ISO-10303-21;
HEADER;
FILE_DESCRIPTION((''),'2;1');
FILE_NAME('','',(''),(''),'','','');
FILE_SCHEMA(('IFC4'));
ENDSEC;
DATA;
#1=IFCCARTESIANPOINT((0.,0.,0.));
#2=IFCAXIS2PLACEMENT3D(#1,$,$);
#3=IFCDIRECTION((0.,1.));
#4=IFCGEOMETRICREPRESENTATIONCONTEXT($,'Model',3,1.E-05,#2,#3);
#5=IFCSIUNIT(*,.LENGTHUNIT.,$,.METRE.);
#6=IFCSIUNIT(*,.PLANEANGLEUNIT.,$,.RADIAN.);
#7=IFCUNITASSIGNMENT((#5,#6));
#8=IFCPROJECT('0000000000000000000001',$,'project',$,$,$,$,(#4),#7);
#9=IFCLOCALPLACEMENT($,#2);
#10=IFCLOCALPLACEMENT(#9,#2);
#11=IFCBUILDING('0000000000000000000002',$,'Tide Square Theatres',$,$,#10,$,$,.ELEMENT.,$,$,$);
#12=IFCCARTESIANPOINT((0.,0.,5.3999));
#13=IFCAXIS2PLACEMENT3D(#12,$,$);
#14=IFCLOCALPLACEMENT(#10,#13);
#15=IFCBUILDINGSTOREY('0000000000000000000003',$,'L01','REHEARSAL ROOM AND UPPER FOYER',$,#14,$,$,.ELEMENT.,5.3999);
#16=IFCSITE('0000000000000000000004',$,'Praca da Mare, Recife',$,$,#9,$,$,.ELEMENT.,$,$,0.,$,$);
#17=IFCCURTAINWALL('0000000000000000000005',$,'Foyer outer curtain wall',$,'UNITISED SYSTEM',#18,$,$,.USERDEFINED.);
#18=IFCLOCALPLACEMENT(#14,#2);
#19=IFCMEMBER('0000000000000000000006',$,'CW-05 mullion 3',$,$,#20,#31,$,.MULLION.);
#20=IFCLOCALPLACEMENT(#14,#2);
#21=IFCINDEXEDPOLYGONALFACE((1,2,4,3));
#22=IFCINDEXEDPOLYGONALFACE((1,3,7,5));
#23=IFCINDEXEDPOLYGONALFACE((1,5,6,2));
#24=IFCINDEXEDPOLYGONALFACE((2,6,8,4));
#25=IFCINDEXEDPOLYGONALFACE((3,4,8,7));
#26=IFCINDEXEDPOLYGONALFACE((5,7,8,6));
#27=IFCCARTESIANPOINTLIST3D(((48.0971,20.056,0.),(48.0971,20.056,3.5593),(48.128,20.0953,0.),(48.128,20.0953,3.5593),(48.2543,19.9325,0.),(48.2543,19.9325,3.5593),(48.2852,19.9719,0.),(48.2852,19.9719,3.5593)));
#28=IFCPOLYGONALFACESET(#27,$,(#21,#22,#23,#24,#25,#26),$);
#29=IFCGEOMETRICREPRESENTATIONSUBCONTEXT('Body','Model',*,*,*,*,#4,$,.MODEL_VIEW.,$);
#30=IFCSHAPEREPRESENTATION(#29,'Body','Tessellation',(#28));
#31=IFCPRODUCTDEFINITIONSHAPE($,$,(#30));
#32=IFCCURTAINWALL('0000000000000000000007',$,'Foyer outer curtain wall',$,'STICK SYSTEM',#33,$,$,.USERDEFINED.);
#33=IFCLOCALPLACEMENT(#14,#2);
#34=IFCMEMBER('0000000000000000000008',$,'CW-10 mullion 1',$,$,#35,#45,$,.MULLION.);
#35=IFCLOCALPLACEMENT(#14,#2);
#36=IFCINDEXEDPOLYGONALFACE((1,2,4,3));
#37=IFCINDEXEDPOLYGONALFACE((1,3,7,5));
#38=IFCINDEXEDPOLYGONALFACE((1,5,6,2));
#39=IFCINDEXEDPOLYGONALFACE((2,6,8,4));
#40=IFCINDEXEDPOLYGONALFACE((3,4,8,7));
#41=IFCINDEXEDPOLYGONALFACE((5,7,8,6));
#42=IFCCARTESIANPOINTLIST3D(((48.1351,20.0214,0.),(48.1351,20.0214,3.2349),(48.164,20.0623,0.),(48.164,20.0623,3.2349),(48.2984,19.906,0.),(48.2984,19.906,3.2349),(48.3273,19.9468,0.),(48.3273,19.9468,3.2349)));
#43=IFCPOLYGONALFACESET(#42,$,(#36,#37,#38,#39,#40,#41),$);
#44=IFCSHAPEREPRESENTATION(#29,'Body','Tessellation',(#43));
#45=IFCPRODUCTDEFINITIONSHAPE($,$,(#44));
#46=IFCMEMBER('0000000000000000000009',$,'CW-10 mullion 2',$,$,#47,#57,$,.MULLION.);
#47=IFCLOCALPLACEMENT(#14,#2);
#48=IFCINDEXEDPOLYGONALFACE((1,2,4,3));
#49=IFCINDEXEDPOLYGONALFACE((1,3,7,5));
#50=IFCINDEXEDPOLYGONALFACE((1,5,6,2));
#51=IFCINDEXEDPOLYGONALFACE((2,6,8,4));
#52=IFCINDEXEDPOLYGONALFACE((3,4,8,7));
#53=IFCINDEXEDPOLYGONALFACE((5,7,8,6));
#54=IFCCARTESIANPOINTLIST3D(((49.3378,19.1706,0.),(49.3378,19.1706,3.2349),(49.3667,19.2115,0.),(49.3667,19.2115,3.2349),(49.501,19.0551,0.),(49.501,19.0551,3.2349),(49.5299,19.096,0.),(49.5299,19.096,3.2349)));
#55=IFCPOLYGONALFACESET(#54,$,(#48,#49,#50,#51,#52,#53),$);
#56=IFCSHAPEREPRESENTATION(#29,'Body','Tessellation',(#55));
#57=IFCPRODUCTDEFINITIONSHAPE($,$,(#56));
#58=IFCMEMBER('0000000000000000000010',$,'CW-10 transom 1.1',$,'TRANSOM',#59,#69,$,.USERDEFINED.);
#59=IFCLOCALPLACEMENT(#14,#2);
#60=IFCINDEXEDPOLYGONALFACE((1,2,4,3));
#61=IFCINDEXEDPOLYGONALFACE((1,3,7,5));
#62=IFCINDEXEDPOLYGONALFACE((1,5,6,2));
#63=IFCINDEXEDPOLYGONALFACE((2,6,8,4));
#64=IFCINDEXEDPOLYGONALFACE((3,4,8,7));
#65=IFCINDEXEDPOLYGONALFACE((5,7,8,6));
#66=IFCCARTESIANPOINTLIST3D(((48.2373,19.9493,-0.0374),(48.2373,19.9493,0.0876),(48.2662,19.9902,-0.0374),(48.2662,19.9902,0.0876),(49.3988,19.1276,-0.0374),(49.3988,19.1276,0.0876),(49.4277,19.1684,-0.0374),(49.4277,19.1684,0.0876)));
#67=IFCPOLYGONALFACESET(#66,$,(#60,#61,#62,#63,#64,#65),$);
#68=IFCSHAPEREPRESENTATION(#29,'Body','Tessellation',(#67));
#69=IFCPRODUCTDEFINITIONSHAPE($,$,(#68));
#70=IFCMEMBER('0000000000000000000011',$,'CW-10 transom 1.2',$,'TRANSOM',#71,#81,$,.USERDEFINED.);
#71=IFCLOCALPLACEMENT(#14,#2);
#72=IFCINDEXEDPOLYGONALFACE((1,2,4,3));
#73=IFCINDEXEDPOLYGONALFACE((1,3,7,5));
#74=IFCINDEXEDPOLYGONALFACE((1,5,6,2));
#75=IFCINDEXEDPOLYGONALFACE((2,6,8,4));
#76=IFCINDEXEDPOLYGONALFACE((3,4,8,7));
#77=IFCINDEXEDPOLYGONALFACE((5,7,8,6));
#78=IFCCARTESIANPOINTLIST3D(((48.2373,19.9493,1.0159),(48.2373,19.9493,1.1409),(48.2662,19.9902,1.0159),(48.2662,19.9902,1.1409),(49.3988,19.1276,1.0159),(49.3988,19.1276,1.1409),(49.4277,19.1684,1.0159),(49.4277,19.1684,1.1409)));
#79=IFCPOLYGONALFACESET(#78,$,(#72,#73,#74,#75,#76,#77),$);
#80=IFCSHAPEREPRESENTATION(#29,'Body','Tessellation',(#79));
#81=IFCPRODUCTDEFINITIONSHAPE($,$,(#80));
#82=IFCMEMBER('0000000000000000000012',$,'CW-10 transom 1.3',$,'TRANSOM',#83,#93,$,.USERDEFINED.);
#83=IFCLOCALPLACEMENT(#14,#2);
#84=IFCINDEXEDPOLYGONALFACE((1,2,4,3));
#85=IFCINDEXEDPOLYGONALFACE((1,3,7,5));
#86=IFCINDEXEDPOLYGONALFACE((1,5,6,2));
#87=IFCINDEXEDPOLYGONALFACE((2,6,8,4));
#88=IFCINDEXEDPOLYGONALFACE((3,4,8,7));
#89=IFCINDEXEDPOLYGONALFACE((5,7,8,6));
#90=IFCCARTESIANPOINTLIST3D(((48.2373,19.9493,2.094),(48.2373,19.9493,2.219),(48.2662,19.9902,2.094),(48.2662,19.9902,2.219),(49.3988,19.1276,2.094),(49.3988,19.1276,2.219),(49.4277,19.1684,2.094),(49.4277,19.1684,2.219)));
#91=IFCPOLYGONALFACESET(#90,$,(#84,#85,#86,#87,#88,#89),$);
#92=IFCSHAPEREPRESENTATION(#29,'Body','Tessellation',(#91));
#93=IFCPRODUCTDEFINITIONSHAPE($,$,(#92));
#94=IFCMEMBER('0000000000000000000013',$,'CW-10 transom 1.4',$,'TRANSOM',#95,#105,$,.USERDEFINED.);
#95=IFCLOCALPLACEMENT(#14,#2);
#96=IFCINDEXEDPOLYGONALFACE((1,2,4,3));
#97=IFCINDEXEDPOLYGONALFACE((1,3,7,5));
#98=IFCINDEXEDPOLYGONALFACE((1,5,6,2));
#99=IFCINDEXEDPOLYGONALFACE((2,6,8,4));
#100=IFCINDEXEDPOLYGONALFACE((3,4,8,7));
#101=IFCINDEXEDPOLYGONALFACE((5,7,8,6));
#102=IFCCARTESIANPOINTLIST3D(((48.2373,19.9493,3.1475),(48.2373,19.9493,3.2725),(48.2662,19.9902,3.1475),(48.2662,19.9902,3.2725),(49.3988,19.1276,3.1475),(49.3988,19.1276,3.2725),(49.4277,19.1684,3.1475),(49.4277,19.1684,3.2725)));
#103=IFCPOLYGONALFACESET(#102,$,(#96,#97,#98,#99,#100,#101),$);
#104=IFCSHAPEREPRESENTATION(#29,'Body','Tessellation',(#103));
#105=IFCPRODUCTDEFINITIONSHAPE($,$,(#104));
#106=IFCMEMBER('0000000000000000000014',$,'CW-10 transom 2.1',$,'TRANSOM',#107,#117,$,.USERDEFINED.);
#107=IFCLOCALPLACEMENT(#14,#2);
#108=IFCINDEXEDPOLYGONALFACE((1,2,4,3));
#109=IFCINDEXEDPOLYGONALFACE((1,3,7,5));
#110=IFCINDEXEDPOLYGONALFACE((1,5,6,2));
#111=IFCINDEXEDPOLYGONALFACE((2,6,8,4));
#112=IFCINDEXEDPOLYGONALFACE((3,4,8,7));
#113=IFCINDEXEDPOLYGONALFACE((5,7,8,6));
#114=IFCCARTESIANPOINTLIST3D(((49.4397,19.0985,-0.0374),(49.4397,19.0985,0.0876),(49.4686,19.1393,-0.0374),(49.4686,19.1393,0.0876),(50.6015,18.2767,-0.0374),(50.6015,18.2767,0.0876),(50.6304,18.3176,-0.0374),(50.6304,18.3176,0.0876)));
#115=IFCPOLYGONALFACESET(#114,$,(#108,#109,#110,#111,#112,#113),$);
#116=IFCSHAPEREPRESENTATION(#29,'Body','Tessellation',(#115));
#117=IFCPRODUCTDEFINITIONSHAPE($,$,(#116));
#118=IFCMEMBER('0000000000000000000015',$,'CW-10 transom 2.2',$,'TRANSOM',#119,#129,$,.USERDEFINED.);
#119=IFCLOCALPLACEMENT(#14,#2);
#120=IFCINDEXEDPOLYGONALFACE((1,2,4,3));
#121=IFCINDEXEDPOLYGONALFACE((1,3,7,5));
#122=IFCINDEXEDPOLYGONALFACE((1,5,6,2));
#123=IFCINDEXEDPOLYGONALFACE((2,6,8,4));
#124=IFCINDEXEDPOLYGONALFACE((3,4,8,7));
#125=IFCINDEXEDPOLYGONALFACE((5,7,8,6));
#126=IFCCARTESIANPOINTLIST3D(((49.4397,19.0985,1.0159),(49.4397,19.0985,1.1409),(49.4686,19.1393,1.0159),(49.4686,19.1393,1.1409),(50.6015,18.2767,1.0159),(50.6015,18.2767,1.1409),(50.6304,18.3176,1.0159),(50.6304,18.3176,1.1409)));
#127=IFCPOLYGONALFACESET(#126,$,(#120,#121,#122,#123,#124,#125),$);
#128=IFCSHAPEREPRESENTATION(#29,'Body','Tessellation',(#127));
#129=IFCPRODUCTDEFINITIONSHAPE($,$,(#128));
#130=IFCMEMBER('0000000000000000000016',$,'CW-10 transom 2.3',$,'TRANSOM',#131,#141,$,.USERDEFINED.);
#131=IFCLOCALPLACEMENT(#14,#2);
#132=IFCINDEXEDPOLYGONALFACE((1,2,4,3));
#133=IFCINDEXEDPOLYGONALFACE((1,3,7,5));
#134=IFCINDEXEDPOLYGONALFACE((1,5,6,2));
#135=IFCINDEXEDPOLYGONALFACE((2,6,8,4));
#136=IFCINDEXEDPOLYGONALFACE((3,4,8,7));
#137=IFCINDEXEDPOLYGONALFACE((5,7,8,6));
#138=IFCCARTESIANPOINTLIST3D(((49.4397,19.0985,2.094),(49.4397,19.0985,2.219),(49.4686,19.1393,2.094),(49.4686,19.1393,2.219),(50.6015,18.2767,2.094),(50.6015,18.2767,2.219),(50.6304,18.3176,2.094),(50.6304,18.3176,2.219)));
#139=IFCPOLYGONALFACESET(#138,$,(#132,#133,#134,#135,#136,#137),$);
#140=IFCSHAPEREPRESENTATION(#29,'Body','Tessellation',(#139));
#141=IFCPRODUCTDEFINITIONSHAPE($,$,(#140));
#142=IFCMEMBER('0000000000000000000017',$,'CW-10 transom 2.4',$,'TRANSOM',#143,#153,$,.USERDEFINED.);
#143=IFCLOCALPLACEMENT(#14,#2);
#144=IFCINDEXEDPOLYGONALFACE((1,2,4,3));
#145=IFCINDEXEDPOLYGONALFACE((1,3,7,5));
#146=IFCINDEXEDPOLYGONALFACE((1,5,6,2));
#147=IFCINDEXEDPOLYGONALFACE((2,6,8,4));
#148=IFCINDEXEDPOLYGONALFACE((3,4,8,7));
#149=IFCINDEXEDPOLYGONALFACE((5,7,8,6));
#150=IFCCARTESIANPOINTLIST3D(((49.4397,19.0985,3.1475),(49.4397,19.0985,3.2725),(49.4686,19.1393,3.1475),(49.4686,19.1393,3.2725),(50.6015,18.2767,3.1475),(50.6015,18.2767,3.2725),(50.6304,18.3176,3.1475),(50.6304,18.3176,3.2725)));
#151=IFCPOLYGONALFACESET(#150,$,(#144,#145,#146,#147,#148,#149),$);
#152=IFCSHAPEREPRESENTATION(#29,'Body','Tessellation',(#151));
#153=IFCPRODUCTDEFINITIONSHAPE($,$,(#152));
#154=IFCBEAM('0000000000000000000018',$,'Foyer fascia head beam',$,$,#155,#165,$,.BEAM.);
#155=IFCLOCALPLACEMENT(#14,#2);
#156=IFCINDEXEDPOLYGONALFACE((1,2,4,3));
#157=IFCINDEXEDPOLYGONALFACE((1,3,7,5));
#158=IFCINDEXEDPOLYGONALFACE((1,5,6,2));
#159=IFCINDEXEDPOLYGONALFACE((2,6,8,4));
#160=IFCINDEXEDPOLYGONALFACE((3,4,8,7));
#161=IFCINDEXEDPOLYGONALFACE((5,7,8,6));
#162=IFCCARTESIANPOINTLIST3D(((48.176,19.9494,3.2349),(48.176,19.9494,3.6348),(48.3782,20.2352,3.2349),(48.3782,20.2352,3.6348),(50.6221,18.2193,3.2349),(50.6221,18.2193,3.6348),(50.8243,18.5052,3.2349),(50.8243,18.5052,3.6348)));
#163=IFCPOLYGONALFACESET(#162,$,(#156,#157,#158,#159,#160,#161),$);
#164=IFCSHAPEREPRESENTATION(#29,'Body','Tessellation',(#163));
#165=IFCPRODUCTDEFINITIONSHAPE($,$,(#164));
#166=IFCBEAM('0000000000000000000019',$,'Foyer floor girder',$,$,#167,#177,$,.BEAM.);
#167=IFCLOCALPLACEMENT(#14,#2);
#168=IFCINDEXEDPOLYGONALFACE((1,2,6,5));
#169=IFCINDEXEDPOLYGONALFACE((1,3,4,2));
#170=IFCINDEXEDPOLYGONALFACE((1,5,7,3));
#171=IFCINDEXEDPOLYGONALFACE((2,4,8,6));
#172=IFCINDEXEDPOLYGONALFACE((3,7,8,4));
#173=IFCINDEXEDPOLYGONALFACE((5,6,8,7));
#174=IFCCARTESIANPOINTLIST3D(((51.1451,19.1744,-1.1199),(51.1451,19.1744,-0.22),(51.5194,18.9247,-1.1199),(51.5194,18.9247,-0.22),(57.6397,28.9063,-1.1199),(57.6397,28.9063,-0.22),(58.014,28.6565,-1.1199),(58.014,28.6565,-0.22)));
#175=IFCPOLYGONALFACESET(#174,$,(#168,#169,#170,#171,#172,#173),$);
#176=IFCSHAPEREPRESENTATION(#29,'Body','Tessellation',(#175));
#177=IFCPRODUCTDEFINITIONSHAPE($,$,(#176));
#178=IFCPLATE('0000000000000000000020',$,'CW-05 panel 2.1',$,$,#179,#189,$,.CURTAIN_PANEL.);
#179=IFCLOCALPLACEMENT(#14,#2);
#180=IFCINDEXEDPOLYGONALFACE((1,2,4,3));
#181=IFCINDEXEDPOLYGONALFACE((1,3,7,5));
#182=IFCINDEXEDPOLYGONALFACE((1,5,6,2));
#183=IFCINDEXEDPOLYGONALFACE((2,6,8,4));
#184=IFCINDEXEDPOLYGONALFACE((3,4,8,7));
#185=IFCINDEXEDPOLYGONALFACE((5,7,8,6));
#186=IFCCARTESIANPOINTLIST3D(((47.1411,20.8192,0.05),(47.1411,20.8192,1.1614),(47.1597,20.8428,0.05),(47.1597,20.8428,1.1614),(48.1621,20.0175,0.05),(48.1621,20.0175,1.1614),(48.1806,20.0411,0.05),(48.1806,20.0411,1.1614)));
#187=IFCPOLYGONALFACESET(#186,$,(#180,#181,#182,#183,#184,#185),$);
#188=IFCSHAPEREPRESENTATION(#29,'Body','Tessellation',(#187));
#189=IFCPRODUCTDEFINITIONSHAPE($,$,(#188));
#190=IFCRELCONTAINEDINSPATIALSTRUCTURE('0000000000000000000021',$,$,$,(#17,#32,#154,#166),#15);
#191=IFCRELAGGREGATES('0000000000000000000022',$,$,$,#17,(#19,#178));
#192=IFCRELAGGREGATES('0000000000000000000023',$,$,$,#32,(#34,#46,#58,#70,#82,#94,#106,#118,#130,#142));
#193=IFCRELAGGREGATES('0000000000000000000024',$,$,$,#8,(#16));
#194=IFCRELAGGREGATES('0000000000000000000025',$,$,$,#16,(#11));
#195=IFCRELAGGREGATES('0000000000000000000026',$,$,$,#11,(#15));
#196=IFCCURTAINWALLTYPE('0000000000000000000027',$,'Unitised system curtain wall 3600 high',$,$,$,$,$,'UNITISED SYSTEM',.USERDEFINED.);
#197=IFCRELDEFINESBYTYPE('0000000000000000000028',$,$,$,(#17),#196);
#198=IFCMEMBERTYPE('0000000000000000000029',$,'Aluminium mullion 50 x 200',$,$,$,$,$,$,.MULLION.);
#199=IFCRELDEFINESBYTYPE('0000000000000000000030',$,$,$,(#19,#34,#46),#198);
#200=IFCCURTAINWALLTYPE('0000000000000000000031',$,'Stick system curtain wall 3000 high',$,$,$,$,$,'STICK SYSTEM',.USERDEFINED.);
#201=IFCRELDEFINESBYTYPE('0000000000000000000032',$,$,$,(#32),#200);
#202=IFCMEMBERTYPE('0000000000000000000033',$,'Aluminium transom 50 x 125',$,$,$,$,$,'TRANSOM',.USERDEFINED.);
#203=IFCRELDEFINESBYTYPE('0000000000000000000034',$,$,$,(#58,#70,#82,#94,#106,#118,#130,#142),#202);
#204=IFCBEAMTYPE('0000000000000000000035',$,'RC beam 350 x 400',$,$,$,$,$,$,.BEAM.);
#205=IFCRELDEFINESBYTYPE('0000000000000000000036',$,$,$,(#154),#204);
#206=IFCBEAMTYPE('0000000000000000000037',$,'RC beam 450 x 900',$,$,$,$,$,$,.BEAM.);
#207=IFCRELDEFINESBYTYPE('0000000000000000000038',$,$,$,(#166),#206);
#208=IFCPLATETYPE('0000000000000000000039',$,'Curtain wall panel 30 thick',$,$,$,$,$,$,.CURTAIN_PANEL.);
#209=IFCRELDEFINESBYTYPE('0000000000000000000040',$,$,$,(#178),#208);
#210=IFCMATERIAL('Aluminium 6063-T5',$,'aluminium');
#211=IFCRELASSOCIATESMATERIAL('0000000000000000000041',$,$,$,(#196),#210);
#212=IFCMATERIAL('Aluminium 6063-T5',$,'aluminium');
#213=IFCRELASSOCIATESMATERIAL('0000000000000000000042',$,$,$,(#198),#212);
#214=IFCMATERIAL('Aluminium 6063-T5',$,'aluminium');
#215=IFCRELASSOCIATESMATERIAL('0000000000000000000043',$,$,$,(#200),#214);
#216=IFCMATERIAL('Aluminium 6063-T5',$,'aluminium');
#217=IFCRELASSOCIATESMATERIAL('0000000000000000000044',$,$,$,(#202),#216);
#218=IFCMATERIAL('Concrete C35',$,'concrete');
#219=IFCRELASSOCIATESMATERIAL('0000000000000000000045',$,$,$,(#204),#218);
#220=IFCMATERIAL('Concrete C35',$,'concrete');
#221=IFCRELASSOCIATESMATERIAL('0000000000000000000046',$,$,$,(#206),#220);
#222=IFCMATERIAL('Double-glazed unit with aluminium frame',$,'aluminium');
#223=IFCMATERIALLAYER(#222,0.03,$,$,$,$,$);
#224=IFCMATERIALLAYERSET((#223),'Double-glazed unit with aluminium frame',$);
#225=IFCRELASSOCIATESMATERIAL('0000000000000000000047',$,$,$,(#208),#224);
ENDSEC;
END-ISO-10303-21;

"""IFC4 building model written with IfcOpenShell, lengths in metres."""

from ifc_helpers import new_model, si_unit, direction, frame, origin, origin_2d, place, context, subcontext, project, spatial, rectangle, extrude, material, layer, layer_set, material_profile, profile_set, type_object, element, aggregate, save


model = new_model("IFC4")

# Units and contexts
model_context = context("Model", 3, precision=1e-05, world=origin(), true_north=direction((0.0, 1.0)))
body_context = subcontext(model_context, "Body", "Model", "MODEL_VIEW")
ifc_project = project(units=[si_unit("LENGTHUNIT", "METRE"), si_unit("PLANEANGLEUNIT", "RADIAN")], contexts=[model_context])

# Site, building, storey
site_placement = place(None, origin())
site = spatial("IfcSite", under=ifc_project, at=site_placement, Name="Praca da Mare, Recife", CompositionType="ELEMENT", RefElevation=0.0)
building_placement = place(site_placement, origin())
building = spatial("IfcBuilding", under=site, at=building_placement, Name="Tide Square Theatres", CompositionType="ELEMENT")
storey_placement = place(building_placement, frame((0.0, 0.0, 5.3999)))
storey = spatial("IfcBuildingStorey", under=building, at=storey_placement, Name="L01", Description="REHEARSAL ROOM AND UPPER FOYER", CompositionType="ELEMENT", Elevation=5.3999)

# Curtain wall, member
ifc_material_1 = material(Name="Aluminium 6063-T5", Category="aluminium")
curtain_wall_type_1 = type_object("IfcCurtainWallType", Name="Unitised system curtain wall 3600 high", ElementType="UNITISED SYSTEM", PredefinedType="USERDEFINED", material=ifc_material_1)
curtain_wall_1_placement = place(storey_placement, origin())
curtain_wall_1 = element("IfcCurtainWall", 1, at=curtain_wall_1_placement, inside=storey, type_object=curtain_wall_type_1, Name="Foyer outer curtain wall", ObjectType="UNITISED SYSTEM", PredefinedType="USERDEFINED")
ifc_material_2 = material(Name="Aluminium 6063-T5", Category="aluminium")
ifc_material_profile_1 = material_profile(ifc_material_2, rectangle(XDim=0.05, YDim=0.2, at=origin_2d()))
ifc_profile_set_1 = profile_set([ifc_material_profile_1], Name="Aluminium 6063-T5")
member_type_1 = type_object("IfcMemberType", Name="Aluminium mullion 50 x 200", PredefinedType="MULLION", material=ifc_profile_set_1)
member_1_placement = place(storey_placement, frame((48.1912, 20.0139, 0.0), z_axis=(0.0, 0.0, 1.0), x_axis=(0.617609, 0.786485, 0.0)))
member_1 = element("IfcMember", 2, at=member_1_placement, type_object=member_type_1, Name="CW-05 mullion 3", PredefinedType="MULLION", context=body_context, shape_type="SweptSolid", body=[
    extrude(rectangle(XDim=0.05, YDim=0.2, at=origin_2d()), origin(), (0.0, 0.0, 1.0), 3.5593),
])

# Curtain wall, members
ifc_material_3 = material(Name="Aluminium 6063-T5", Category="aluminium")
curtain_wall_type_2 = type_object("IfcCurtainWallType", Name="Stick system curtain wall 3000 high", ElementType="STICK SYSTEM", PredefinedType="USERDEFINED", material=ifc_material_3)
curtain_wall_2_placement = place(storey_placement, origin())
curtain_wall_2 = element("IfcCurtainWall", 3, at=curtain_wall_2_placement, inside=storey, type_object=curtain_wall_type_2, Name="Foyer outer curtain wall", ObjectType="STICK SYSTEM", PredefinedType="USERDEFINED")
member_2_placement = place(storey_placement, frame((48.2312, 19.9841, 0.0), z_axis=(0.0, 0.0, 1.0), x_axis=(0.577503, 0.816388, 0.0)))
member_2 = element("IfcMember", 4, at=member_2_placement, type_object=member_type_1, Name="CW-10 mullion 1", PredefinedType="MULLION", context=body_context, shape_type="SweptSolid", body=[
    extrude(rectangle(XDim=0.05, YDim=0.2, at=origin_2d()), origin(), (0.0, 0.0, 1.0), 3.2349),
])
member_3_placement = place(storey_placement, frame((49.4338, 19.1333, 0.0), z_axis=(0.0, 0.0, 1.0), x_axis=(0.577503, 0.816388, 0.0)))
member_3 = element("IfcMember", 5, at=member_3_placement, type_object=member_type_1, Name="CW-10 mullion 2", PredefinedType="MULLION", context=body_context, shape_type="SweptSolid", body=[
    extrude(rectangle(XDim=0.05, YDim=0.2, at=origin_2d()), origin(), (0.0, 0.0, 1.0), 3.2349),
])
ifc_material_4 = material(Name="Aluminium 6063-T5", Category="aluminium")
ifc_material_profile_2 = material_profile(ifc_material_4, rectangle(XDim=0.05, YDim=0.125, at=origin_2d()))
ifc_profile_set_2 = profile_set([ifc_material_profile_2], Name="Aluminium 6063-T5")
member_type_2 = type_object("IfcMemberType", Name="Aluminium transom 50 x 125", ElementType="TRANSOM", PredefinedType="USERDEFINED", material=ifc_profile_set_2)
member_4_placement = place(storey_placement, frame((48.2517, 19.9697, 0.0251), z_axis=(0.816368, -0.577532, 0.0), x_axis=(0.577532, 0.816368, 0.0)))
member_4 = element("IfcMember", 6, at=member_4_placement, type_object=member_type_2, Name="CW-10 transom 1.1", ObjectType="TRANSOM", PredefinedType="USERDEFINED", context=body_context, shape_type="SweptSolid", body=[
    extrude(rectangle(XDim=0.05, YDim=0.125, at=origin_2d()), origin(), (0.0, 0.0, 1.0), 1.4229),
])
member_5_placement = place(storey_placement, frame((48.2517, 19.9697, 1.0784), z_axis=(0.816368, -0.577532, 0.0), x_axis=(0.577532, 0.816368, 0.0)))
member_5 = element("IfcMember", 7, at=member_5_placement, type_object=member_type_2, Name="CW-10 transom 1.2", ObjectType="TRANSOM", PredefinedType="USERDEFINED", context=body_context, shape_type="SweptSolid", body=[
    extrude(rectangle(XDim=0.05, YDim=0.125, at=origin_2d()), origin(), (0.0, 0.0, 1.0), 1.4229),
])
member_6_placement = place(storey_placement, frame((48.2517, 19.9697, 2.1565), z_axis=(0.816368, -0.577532, 0.0), x_axis=(0.577532, 0.816368, 0.0)))
member_6 = element("IfcMember", 8, at=member_6_placement, type_object=member_type_2, Name="CW-10 transom 1.3", ObjectType="TRANSOM", PredefinedType="USERDEFINED", context=body_context, shape_type="SweptSolid", body=[
    extrude(rectangle(XDim=0.05, YDim=0.125, at=origin_2d()), origin(), (0.0, 0.0, 1.0), 1.4229),
])
member_7_placement = place(storey_placement, frame((48.2517, 19.9697, 3.21), z_axis=(0.816368, -0.577532, 0.0), x_axis=(0.577532, 0.816368, 0.0)))
member_7 = element("IfcMember", 9, at=member_7_placement, type_object=member_type_2, Name="CW-10 transom 1.4", ObjectType="TRANSOM", PredefinedType="USERDEFINED", context=body_context, shape_type="SweptSolid", body=[
    extrude(rectangle(XDim=0.05, YDim=0.125, at=origin_2d()), origin(), (0.0, 0.0, 1.0), 1.4229),
])
member_8_placement = place(storey_placement, frame((49.4541, 19.1189, 0.0251), z_axis=(0.816426, -0.577451, 0.0), x_axis=(0.577451, 0.816426, 0.0)))
member_8 = element("IfcMember", 10, at=member_8_placement, type_object=member_type_2, Name="CW-10 transom 2.1", ObjectType="TRANSOM", PredefinedType="USERDEFINED", context=body_context, shape_type="SweptSolid", body=[
    extrude(rectangle(XDim=0.05, YDim=0.125, at=origin_2d()), origin(), (0.0, 0.0, 1.0), 1.4231),
])
member_9_placement = place(storey_placement, frame((49.4541, 19.1189, 1.0784), z_axis=(0.816426, -0.577451, 0.0), x_axis=(0.577451, 0.816426, 0.0)))
member_9 = element("IfcMember", 11, at=member_9_placement, type_object=member_type_2, Name="CW-10 transom 2.2", ObjectType="TRANSOM", PredefinedType="USERDEFINED", context=body_context, shape_type="SweptSolid", body=[
    extrude(rectangle(XDim=0.05, YDim=0.125, at=origin_2d()), origin(), (0.0, 0.0, 1.0), 1.4231),
])
member_10_placement = place(storey_placement, frame((49.4541, 19.1189, 2.1565), z_axis=(0.816426, -0.577451, 0.0), x_axis=(0.577451, 0.816426, 0.0)))
member_10 = element("IfcMember", 12, at=member_10_placement, type_object=member_type_2, Name="CW-10 transom 2.3", ObjectType="TRANSOM", PredefinedType="USERDEFINED", context=body_context, shape_type="SweptSolid", body=[
    extrude(rectangle(XDim=0.05, YDim=0.125, at=origin_2d()), origin(), (0.0, 0.0, 1.0), 1.4231),
])
member_11_placement = place(storey_placement, frame((49.4541, 19.1189, 3.21), z_axis=(0.816426, -0.577451, 0.0), x_axis=(0.577451, 0.816426, 0.0)))
member_11 = element("IfcMember", 13, at=member_11_placement, type_object=member_type_2, Name="CW-10 transom 2.4", ObjectType="TRANSOM", PredefinedType="USERDEFINED", context=body_context, shape_type="SweptSolid", body=[
    extrude(rectangle(XDim=0.05, YDim=0.125, at=origin_2d()), origin(), (0.0, 0.0, 1.0), 1.4231),
])

# Beams
ifc_material_5 = material(Name="Concrete C35", Category="concrete")
ifc_material_profile_3 = material_profile(ifc_material_5, rectangle(XDim=0.3501, YDim=0.3999, at=origin_2d()))
ifc_profile_set_3 = profile_set([ifc_material_profile_3], Name="Concrete C35")
beam_type_1 = type_object("IfcBeamType", Name="RC beam 350 x 400", PredefinedType="BEAM", material=ifc_profile_set_3)
beam_1_placement = place(storey_placement, frame((48.2771, 20.0923, 3.4348), z_axis=(0.816439, -0.577432, 0.0), x_axis=(0.577432, 0.816439, 0.0)))
element("IfcBeam", 14, at=beam_1_placement, inside=storey, type_object=beam_type_1, Name="Foyer fascia head beam", PredefinedType="BEAM", context=body_context, shape_type="SweptSolid", body=[
    extrude(rectangle(XDim=0.3501, YDim=0.3999, at=origin_2d()), origin(), (0.0, 0.0, 1.0), 2.9961),
])
ifc_material_6 = material(Name="Concrete C35", Category="concrete")
ifc_material_profile_4 = material_profile(ifc_material_6, rectangle(XDim=0.45, YDim=0.8999, at=origin_2d()))
ifc_profile_set_4 = profile_set([ifc_material_profile_4], Name="Concrete C35")
beam_type_2 = type_object("IfcBeamType", Name="RC beam 450 x 900", PredefinedType="BEAM", material=ifc_profile_set_4)
beam_2_placement = place(storey_placement, frame((51.3323, 19.0496, -0.6699), z_axis=(0.555095, 0.831787, 0.0), x_axis=(-0.831787, 0.555095, 0.0)))
element("IfcBeam", 15, at=beam_2_placement, inside=storey, type_object=beam_type_2, Name="Foyer floor girder", PredefinedType="BEAM", context=body_context, shape_type="SweptSolid", body=[
    extrude(rectangle(XDim=0.45, YDim=0.8999, at=origin_2d()), origin(), (0.0, 0.0, 1.0), 11.7),
])

# Plate
ifc_material_7 = material(Name="Double-glazed unit with aluminium frame", Category="aluminium")
ifc_layer_1 = layer(ifc_material_7, 0.03)
ifc_layer_set_1 = layer_set([ifc_layer_1], Name="Double-glazed unit with aluminium frame")
plate_type = type_object("IfcPlateType", Name="Curtain wall panel 30 thick", PredefinedType="CURTAIN_PANEL", material=ifc_layer_set_1)
plate_1_placement = place(storey_placement, frame((47.6609, 20.4302, 0.05), z_axis=(0.0, 0.0, 1.0), x_axis=(0.786485, -0.617609, 0.0)))
plate_1 = element("IfcPlate", 16, at=plate_1_placement, type_object=plate_type, Name="CW-05 panel 2.1", PredefinedType="CURTAIN_PANEL", context=body_context, shape_type="SweptSolid", body=[
    extrude(rectangle(XDim=1.2981, YDim=0.03, at=origin_2d()), origin(), (0.0, 0.0, 1.0), 1.1113),
])
aggregate(curtain_wall_1, [member_1, plate_1])
aggregate(curtain_wall_2, [member_2, member_3, member_4, member_5, member_6, member_7, member_8, member_9, member_10, member_11])

save(model, "model.ifc")
